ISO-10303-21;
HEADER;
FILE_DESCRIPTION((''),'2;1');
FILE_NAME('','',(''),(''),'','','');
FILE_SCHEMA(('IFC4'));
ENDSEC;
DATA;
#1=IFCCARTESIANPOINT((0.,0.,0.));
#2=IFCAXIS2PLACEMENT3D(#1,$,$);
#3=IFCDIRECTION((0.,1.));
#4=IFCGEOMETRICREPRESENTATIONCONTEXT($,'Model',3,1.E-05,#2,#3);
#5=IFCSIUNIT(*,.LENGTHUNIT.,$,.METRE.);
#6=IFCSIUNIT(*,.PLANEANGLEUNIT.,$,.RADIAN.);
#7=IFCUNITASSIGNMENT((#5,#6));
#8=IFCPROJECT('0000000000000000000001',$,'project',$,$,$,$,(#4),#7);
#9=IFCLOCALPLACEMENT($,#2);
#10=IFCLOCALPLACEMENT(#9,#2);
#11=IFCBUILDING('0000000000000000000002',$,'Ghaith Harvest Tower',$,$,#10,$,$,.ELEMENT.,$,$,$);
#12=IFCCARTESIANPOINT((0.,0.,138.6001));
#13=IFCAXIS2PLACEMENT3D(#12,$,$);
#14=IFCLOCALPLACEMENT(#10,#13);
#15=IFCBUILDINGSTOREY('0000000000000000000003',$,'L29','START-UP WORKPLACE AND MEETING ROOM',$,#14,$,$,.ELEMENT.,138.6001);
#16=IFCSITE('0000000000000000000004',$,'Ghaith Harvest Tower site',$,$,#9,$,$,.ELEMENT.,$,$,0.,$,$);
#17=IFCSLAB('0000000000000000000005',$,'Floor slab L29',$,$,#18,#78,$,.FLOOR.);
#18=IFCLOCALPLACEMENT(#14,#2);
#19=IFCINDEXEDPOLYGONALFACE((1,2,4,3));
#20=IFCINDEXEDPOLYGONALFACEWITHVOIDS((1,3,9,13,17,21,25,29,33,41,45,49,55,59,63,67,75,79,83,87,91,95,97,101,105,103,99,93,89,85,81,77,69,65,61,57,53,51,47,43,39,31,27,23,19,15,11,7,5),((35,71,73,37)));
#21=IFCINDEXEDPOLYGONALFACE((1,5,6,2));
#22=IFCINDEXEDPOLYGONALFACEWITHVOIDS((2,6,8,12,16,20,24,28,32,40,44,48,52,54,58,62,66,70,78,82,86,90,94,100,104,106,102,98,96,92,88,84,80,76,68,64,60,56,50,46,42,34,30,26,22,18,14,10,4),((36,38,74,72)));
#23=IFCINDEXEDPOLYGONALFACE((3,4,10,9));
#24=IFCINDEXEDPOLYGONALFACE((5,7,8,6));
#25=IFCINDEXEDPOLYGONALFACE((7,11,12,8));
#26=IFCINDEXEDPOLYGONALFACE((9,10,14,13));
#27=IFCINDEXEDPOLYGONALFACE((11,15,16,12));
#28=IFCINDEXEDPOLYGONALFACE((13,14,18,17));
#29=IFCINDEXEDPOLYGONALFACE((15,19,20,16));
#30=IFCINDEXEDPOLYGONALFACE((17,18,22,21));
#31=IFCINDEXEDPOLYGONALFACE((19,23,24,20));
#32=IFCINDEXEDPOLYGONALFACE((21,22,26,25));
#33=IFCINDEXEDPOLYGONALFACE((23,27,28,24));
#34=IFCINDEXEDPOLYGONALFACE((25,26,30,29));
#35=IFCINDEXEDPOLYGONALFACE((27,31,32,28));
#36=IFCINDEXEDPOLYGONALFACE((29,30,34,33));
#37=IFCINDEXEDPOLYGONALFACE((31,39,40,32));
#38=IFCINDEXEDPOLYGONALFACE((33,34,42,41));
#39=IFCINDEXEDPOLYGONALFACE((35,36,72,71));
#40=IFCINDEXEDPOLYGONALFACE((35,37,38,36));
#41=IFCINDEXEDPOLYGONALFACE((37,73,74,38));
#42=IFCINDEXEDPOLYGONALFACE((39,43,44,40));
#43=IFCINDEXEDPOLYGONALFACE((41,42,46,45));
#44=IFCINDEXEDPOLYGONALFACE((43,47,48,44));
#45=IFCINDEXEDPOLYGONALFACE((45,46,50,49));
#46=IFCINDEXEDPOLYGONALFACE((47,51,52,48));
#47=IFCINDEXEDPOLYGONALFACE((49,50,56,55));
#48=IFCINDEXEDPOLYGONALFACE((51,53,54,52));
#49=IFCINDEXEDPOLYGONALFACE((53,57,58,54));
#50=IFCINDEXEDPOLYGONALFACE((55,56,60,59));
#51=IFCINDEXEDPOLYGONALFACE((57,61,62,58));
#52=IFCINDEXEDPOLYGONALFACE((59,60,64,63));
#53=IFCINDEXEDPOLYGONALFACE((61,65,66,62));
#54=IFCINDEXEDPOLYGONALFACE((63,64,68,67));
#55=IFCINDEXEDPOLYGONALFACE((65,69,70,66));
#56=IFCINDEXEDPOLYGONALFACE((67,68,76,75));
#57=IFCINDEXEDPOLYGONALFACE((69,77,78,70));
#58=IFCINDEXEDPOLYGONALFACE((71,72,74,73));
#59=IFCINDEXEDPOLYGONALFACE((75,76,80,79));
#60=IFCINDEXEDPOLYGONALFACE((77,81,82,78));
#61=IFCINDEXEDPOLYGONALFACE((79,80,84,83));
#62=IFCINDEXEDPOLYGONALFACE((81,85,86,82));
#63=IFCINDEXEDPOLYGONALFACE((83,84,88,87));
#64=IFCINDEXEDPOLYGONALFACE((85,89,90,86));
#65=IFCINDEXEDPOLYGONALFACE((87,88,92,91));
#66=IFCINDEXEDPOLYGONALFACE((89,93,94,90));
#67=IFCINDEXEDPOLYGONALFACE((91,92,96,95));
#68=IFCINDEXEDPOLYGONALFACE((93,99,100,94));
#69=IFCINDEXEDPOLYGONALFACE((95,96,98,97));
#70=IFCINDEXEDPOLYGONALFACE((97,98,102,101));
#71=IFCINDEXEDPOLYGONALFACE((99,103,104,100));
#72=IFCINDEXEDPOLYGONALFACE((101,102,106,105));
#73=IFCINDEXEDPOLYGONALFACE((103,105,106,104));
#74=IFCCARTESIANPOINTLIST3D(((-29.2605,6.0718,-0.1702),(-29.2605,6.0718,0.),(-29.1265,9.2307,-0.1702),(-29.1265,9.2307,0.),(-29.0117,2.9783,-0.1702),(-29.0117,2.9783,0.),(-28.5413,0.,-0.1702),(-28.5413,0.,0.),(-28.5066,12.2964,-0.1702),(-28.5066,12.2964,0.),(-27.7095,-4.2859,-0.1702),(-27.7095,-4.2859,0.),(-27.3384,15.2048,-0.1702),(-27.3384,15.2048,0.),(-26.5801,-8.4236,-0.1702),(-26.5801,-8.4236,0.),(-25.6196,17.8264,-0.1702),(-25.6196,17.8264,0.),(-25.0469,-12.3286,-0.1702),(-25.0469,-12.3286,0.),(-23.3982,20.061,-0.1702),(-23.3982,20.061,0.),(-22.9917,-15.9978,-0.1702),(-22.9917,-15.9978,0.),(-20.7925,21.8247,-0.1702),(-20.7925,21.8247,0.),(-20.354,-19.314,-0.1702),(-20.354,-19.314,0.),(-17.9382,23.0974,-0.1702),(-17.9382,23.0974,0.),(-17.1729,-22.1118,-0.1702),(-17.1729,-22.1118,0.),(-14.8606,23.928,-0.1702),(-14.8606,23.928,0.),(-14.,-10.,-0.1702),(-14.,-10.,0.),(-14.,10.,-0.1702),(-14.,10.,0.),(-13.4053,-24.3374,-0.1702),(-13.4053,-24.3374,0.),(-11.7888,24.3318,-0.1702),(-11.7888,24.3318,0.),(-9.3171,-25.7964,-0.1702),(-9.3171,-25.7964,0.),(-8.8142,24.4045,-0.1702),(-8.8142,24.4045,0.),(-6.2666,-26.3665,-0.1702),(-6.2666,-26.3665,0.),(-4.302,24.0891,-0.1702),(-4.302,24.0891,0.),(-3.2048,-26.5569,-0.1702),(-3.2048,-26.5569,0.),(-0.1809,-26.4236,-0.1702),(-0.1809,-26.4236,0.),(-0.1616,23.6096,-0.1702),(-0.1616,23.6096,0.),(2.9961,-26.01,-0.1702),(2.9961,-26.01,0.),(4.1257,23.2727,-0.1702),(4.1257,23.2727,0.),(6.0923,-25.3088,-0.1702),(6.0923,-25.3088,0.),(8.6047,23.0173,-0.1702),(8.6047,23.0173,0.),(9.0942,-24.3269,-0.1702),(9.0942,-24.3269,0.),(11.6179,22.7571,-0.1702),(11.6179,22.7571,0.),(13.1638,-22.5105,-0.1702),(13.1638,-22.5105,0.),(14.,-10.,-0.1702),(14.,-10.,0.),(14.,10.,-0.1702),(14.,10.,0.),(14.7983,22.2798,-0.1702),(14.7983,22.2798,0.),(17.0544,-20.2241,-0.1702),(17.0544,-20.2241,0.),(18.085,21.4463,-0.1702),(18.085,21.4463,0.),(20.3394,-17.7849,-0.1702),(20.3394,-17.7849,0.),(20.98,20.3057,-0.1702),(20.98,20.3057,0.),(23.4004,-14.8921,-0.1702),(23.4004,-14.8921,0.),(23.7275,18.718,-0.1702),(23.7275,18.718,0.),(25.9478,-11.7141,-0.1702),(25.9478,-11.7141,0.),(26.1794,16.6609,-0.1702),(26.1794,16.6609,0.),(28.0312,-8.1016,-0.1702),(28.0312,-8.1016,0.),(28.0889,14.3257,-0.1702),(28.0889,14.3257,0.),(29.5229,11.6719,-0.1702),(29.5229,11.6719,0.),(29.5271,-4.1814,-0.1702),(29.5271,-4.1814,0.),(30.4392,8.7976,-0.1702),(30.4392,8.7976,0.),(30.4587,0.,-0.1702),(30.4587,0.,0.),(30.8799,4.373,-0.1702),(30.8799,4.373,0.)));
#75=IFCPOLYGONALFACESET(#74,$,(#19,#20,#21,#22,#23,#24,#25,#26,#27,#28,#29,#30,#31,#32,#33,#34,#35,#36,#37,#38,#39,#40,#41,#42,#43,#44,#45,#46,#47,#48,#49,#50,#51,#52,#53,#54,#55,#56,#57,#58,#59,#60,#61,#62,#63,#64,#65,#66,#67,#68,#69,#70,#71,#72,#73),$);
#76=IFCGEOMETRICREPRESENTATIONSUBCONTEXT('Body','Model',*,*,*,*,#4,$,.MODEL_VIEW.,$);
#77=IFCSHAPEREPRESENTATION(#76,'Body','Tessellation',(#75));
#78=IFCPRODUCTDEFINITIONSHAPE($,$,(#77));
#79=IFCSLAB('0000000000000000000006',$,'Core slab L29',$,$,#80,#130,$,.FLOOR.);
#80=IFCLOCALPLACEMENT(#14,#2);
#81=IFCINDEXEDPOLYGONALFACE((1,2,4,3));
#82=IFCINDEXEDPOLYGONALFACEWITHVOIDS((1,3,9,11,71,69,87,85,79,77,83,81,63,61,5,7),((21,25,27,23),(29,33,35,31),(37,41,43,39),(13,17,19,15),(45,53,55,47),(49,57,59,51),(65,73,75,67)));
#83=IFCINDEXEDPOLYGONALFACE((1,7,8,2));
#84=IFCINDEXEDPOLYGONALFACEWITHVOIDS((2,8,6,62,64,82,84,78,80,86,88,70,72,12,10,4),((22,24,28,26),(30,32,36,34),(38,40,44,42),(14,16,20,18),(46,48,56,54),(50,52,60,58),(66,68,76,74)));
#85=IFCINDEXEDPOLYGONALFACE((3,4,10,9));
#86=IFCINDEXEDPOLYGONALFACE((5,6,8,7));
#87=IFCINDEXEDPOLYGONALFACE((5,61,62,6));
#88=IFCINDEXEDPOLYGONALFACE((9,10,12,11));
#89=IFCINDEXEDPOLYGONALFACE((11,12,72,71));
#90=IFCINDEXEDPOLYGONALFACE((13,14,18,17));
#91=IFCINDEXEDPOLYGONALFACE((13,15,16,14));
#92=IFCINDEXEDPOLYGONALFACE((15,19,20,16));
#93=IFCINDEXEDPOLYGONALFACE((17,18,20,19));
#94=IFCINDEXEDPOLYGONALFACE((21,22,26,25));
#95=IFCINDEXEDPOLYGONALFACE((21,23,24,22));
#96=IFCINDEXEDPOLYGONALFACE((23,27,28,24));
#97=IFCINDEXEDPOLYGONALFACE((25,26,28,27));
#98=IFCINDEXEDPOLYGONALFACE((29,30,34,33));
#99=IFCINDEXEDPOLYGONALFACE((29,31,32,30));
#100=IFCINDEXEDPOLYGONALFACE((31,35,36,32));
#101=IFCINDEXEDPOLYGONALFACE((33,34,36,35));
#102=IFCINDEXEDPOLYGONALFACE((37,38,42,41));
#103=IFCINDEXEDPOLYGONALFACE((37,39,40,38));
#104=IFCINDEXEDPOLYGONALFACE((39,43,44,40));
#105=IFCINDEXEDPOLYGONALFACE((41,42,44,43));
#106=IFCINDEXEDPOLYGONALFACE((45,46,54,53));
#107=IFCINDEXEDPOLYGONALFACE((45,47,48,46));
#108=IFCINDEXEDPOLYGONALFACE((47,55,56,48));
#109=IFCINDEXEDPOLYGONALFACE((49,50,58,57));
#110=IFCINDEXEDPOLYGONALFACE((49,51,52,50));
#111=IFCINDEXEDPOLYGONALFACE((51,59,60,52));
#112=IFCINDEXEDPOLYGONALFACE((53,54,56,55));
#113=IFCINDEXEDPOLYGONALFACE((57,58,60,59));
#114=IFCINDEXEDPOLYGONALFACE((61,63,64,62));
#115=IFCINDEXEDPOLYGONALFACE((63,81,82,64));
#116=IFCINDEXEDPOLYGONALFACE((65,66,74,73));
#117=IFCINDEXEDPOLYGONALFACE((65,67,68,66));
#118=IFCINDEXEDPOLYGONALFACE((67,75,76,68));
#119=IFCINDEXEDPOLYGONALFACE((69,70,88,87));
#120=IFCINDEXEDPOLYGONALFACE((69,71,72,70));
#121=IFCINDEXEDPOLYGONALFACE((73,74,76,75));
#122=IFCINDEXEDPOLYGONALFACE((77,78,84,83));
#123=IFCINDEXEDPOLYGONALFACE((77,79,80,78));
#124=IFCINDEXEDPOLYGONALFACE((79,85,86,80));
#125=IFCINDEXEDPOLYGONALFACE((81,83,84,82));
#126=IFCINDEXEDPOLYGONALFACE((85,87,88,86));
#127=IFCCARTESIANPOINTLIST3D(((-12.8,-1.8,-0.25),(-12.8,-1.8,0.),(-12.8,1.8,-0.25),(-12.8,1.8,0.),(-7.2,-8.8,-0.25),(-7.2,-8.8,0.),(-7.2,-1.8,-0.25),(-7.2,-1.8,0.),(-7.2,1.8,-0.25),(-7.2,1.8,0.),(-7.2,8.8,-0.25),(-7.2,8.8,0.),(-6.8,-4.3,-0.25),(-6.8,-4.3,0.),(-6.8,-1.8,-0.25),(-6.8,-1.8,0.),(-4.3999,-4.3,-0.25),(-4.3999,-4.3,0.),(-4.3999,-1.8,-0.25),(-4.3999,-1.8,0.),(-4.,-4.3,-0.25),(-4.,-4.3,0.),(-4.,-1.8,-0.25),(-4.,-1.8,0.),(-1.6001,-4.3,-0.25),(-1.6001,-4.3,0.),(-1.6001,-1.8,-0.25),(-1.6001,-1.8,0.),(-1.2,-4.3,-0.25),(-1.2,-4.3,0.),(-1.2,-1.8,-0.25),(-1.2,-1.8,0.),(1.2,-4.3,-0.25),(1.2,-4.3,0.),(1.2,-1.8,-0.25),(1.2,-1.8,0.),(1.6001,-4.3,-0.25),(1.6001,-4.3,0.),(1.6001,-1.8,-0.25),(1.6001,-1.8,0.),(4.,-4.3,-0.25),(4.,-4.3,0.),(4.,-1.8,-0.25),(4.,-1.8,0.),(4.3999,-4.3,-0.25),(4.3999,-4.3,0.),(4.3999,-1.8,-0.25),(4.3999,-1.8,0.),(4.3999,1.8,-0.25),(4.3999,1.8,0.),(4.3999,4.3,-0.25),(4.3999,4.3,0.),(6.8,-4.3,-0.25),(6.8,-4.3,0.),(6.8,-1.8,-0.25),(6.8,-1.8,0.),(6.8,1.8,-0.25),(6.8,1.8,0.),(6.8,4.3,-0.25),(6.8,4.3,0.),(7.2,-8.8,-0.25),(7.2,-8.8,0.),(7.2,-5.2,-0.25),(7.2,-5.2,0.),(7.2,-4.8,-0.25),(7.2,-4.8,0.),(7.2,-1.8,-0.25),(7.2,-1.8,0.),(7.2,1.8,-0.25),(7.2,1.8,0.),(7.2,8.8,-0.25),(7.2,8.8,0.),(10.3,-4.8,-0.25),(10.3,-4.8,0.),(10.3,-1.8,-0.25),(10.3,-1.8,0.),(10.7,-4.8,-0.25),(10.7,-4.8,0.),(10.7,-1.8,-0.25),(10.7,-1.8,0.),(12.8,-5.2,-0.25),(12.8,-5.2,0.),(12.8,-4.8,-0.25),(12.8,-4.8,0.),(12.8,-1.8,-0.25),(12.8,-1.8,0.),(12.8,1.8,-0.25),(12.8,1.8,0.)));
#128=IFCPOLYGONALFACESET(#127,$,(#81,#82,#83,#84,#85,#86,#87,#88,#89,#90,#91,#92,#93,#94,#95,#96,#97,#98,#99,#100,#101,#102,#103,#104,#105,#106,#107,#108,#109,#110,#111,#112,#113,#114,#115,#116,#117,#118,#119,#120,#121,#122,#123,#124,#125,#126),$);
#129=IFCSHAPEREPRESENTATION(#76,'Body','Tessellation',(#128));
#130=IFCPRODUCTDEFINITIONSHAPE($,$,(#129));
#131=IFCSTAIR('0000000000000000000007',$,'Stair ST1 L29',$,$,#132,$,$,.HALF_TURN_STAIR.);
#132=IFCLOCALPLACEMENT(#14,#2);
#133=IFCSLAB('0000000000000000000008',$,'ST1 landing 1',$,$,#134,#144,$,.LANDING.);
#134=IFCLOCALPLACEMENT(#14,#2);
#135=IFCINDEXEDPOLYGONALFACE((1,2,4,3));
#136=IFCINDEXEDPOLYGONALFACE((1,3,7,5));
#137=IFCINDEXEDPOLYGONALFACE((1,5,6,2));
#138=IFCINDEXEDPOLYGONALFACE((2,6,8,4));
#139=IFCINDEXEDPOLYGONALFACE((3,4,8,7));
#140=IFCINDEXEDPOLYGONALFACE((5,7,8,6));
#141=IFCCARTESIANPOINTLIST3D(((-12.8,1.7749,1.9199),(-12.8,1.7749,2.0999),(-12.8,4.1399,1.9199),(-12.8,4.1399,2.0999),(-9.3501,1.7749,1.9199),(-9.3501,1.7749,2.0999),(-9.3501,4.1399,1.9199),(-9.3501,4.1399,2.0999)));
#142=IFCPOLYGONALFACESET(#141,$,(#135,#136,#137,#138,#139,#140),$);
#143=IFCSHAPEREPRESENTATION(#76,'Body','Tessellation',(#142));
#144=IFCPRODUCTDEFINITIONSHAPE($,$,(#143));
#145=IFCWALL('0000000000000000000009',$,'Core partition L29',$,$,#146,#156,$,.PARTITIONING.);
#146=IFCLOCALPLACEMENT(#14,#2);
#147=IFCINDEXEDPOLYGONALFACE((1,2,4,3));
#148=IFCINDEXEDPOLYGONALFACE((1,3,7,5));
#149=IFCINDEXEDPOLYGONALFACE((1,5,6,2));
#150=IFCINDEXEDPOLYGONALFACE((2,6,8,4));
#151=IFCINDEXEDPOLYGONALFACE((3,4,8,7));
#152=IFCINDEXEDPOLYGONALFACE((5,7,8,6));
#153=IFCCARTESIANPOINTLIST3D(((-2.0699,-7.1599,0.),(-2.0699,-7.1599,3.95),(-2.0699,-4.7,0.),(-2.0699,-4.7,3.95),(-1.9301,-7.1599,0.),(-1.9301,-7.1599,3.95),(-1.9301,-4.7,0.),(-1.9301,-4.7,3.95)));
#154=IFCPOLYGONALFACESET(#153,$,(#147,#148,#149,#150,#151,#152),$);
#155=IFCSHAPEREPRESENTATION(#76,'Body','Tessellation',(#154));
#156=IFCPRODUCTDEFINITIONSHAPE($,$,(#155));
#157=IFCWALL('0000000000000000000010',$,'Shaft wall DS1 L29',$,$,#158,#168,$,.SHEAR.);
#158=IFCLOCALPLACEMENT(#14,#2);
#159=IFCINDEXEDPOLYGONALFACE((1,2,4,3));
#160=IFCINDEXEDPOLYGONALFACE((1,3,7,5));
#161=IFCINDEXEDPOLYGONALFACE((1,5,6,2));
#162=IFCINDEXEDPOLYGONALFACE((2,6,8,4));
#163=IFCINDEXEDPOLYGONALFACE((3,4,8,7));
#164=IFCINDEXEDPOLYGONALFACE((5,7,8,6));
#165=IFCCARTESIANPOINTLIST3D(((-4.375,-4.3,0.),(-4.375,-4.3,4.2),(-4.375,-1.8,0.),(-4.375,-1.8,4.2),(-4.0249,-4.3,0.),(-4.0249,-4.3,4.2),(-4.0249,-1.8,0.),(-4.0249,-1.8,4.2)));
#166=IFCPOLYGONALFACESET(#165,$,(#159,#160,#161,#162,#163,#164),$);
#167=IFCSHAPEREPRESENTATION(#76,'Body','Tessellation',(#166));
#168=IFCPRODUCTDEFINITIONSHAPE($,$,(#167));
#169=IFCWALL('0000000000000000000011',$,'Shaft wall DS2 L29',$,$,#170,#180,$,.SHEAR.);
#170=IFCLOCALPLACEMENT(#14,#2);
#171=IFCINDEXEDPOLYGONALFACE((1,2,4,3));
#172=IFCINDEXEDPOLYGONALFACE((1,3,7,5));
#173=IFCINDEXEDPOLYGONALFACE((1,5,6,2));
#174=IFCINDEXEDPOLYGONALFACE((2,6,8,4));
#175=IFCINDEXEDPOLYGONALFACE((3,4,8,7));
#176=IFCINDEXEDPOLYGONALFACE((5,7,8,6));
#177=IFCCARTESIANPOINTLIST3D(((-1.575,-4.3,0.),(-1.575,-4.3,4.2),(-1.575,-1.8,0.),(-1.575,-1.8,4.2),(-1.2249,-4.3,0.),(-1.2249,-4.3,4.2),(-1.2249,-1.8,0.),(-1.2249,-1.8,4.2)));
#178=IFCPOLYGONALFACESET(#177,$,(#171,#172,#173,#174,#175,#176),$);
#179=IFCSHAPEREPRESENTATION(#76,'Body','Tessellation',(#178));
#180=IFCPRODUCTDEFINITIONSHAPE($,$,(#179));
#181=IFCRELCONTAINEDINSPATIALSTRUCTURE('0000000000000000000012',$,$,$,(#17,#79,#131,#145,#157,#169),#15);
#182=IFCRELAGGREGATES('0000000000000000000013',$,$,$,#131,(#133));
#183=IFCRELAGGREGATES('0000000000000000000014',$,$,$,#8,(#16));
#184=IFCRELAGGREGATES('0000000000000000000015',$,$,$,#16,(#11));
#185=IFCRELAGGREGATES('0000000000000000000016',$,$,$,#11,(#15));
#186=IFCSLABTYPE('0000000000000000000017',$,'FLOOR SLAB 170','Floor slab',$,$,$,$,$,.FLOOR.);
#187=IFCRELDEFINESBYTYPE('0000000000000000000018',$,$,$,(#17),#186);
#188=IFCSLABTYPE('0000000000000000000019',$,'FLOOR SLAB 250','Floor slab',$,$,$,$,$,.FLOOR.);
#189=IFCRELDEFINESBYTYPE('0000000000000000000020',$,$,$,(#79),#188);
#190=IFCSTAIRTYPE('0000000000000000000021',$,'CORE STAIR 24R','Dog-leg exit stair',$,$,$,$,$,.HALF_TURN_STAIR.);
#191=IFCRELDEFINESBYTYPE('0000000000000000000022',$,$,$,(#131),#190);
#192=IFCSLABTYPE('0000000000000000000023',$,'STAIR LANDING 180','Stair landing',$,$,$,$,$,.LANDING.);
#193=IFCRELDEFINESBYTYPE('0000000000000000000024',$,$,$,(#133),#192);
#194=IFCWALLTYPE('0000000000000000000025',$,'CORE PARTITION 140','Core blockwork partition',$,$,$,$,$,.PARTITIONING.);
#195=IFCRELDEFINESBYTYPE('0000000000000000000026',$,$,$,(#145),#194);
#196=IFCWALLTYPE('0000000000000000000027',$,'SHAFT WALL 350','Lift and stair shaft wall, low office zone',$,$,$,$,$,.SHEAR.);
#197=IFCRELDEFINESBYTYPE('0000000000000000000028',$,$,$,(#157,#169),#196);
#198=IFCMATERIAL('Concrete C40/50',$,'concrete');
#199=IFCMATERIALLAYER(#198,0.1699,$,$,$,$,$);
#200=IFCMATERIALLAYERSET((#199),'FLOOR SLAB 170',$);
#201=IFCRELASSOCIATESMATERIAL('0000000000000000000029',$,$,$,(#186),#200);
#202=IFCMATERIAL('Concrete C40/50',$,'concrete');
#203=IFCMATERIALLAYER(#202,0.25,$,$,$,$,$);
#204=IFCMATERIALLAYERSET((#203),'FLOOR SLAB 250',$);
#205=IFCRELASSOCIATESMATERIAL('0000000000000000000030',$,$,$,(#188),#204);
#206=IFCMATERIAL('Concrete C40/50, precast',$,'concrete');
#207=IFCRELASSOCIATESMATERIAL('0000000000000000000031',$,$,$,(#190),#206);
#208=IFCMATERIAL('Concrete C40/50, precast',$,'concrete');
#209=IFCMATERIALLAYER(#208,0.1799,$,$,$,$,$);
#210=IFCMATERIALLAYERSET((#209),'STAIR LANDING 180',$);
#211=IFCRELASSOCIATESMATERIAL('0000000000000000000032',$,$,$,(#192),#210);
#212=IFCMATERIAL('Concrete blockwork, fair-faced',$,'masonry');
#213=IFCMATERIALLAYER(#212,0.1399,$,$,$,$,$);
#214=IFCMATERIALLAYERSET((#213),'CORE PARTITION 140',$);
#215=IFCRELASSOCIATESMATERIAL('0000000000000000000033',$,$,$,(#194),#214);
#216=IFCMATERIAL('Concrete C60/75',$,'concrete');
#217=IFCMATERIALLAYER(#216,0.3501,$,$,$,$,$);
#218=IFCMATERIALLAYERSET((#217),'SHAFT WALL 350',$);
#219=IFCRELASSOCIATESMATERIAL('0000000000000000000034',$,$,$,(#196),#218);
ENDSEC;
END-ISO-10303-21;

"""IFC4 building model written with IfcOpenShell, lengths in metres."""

from ifc_helpers import new_model, si_unit, direction, frame, frame_2d, origin, place, context, subcontext, project, spatial, polyline, rectangle, outline, extrude, material, layer, layer_set, type_object, element, aggregate, save


model = new_model("IFC4")

# Units and contexts
model_context = context("Model", 3, precision=1e-05, world=origin(), true_north=direction((0.0, 1.0)))
body_context = subcontext(model_context, "Body", "Model", "MODEL_VIEW")
ifc_project = project(units=[si_unit("LENGTHUNIT", "METRE"), si_unit("PLANEANGLEUNIT", "RADIAN")], contexts=[model_context])

# Site, building, storey
site_placement = place(None, origin())
site = spatial("IfcSite", under=ifc_project, at=site_placement, Name="Ghaith Harvest Tower site", CompositionType="ELEMENT", RefElevation=0.0)
building_placement = place(site_placement, origin())
building = spatial("IfcBuilding", under=site, at=building_placement, Name="Ghaith Harvest Tower", CompositionType="ELEMENT")
storey_placement = place(building_placement, frame((0.0, 0.0, 138.6001)))
storey = spatial("IfcBuildingStorey", under=building, at=storey_placement, Name="L29", Description="START-UP WORKPLACE AND MEETING ROOM", CompositionType="ELEMENT", Elevation=138.6001)

# Slabs
ifc_material_1 = material(Name="Concrete C40/50", Category="concrete")
ifc_layer_1 = layer(ifc_material_1, 0.1699)
ifc_layer_set_1 = layer_set([ifc_layer_1], Name="FLOOR SLAB 170")
slab_type_1 = type_object("IfcSlabType", Name="FLOOR SLAB 170", Description="Floor slab", PredefinedType="FLOOR", material=ifc_layer_set_1)
slab_1_placement = place(storey_placement, frame((0.0, 0.0, -0.1702)))
element("IfcSlab", 1, at=slab_1_placement, inside=storey, type_object=slab_type_1, Name="Floor slab L29", PredefinedType="FLOOR", context=body_context, shape_type="SweptSolid", body=[
    extrude(outline(polyline([(30.4587, 0.0), (30.8799, 4.373), (30.4392, 8.7976), (29.5229, 11.6719), (28.0889, 14.3257), (26.1794, 16.6609), (23.7275, 18.718), (20.98, 20.3057), (18.085, 21.4463), (14.7983, 22.2798), (11.6179, 22.7571), (8.6047, 23.0173), (4.1257, 23.2727), (-0.1616, 23.6096), (-4.302, 24.0891), (-8.8142, 24.4045), (-11.7888, 24.3318), (-14.8606, 23.928), (-17.9382, 23.0974), (-20.7925, 21.8247), (-23.3982, 20.061), (-25.6196, 17.8264), (-27.3384, 15.2048), (-28.5066, 12.2964), (-29.1265, 9.2307), (-29.2605, 6.0718), (-29.0117, 2.9783), (-28.5413, 0.0), (-27.7095, -4.2859), (-26.5801, -8.4236), (-25.0469, -12.3286), (-22.9917, -15.9978), (-20.354, -19.314), (-17.1729, -22.1118), (-13.4053, -24.3374), (-9.3171, -25.7964), (-6.2666, -26.3665), (-3.2048, -26.5569), (-0.1809, -26.4236), (2.9961, -26.01), (6.0923, -25.3088), (9.0942, -24.3269), (13.1638, -22.5105), (17.0544, -20.2241), (20.3394, -17.7849), (23.4004, -14.8921), (25.9478, -11.7141), (28.0312, -8.1016), (29.5271, -4.1814), (30.4587, 0.0)]), holes=[polyline([(-14.0, -10.0), (14.0, -10.0), (14.0, 10.0), (-14.0, 10.0), (-14.0, -10.0)])]), origin(), (0.0, 0.0, 1.0), 0.1702),
])
ifc_material_2 = material(Name="Concrete C40/50", Category="concrete")
ifc_layer_2 = layer(ifc_material_2, 0.25)
ifc_layer_set_2 = layer_set([ifc_layer_2], Name="FLOOR SLAB 250")
slab_type_2 = type_object("IfcSlabType", Name="FLOOR SLAB 250", Description="Floor slab", PredefinedType="FLOOR", material=ifc_layer_set_2)
slab_2_placement = place(storey_placement, frame((0.0, 0.0, -0.25)))
element("IfcSlab", 2, at=slab_2_placement, inside=storey, type_object=slab_type_2, Name="Core slab L29", PredefinedType="FLOOR", context=body_context, shape_type="SweptSolid", body=[
    extrude(outline(polyline([(-12.8, 1.8), (-7.2, 1.8), (-7.2, 8.8), (7.2, 8.8), (7.2, 1.8), (12.8, 1.8), (12.8, -1.8), (10.7, -1.8), (10.7, -4.8), (12.8, -4.8), (12.8, -5.2), (7.2, -5.2), (7.2, -8.8), (-7.2, -8.8), (-7.2, -1.8), (-12.8, -1.8), (-12.8, 1.8)]), holes=[polyline([(-4.3999, -4.3), (-4.3999, -1.8), (-6.8, -1.8), (-6.8, -4.3), (-4.3999, -4.3)]), polyline([(-1.6001, -4.3), (-1.6001, -1.8), (-4.0, -1.8), (-4.0, -4.3), (-1.6001, -4.3)]), polyline([(1.2, -1.8), (-1.2, -1.8), (-1.2, -4.3), (1.2, -4.3), (1.2, -1.8)]), polyline([(4.0, -4.3), (4.0, -1.8), (1.6001, -1.8), (1.6001, -4.3), (4.0, -4.3)]), polyline([(10.3, -4.8), (10.3, -1.8), (7.2, -1.8), (7.2, -4.8), (10.3, -4.8)]), polyline([(6.8, -1.8), (4.3999, -1.8), (4.3999, -4.3), (6.8, -4.3), (6.8, -1.8)]), polyline([(6.8, 1.8), (6.8, 4.3), (4.3999, 4.3), (4.3999, 1.8), (6.8, 1.8)])]), origin(), (0.0, 0.0, 1.0), 0.25),
])

# Stair, slab
ifc_material_3 = material(Name="Concrete C40/50, precast", Category="concrete")
stair_type = type_object("IfcStairType", Name="CORE STAIR 24R", Description="Dog-leg exit stair", PredefinedType="HALF_TURN_STAIR", material=ifc_material_3)
stair_placement = place(storey_placement, origin())
stair = element("IfcStair", 3, at=stair_placement, inside=storey, type_object=stair_type, Name="Stair ST1 L29", PredefinedType="HALF_TURN_STAIR")
ifc_material_4 = material(Name="Concrete C40/50, precast", Category="concrete")
ifc_layer_3 = layer(ifc_material_4, 0.1799)
ifc_layer_set_3 = layer_set([ifc_layer_3], Name="STAIR LANDING 180")
slab_type_3 = type_object("IfcSlabType", Name="STAIR LANDING 180", Description="Stair landing", PredefinedType="LANDING", material=ifc_layer_set_3)
slab_3_placement = place(storey_placement, frame((0.0, 0.0, 1.9199)))
slab_3 = element("IfcSlab", 4, at=slab_3_placement, type_object=slab_type_3, Name="ST1 landing 1", PredefinedType="LANDING", context=body_context, shape_type="SweptSolid", body=[
    extrude(outline(polyline([(-12.8, 4.1399), (-12.8, 1.7749), (-9.3501, 1.7749), (-9.3501, 4.1399), (-12.8, 4.1399)])), origin(), (0.0, 0.0, 1.0), 0.1799),
])
aggregate(stair, [slab_3])

# Wall
ifc_material_5 = material(Name="Concrete blockwork, fair-faced", Category="masonry")
ifc_layer_4 = layer(ifc_material_5, 0.1399)
ifc_layer_set_4 = layer_set([ifc_layer_4], Name="CORE PARTITION 140")
wall_type_1 = type_object("IfcWallType", Name="CORE PARTITION 140", Description="Core blockwork partition", PredefinedType="PARTITIONING", material=ifc_layer_set_4)
wall_1_placement = place(storey_placement, frame((-2.0, -4.7, 0.0), z_axis=(0.0, 0.0, 1.0), x_axis=(0.0, -1.0, 0.0)))
element("IfcWall", 5, at=wall_1_placement, inside=storey, type_object=wall_type_1, Name="Core partition L29", PredefinedType="PARTITIONING", context=body_context, shape_type="SweptSolid", body=[
    extrude(rectangle(XDim=2.46, YDim=0.1399, at=frame_2d((1.23, 0.0))), origin(), (0.0, 0.0, 1.0), 3.95),
])

# Shared definitions
ifc_material_6 = material(Name="Concrete C60/75", Category="concrete")
ifc_layer_5 = layer(ifc_material_6, 0.3501)
ifc_layer_set_5 = layer_set([ifc_layer_5], Name="SHAFT WALL 350")
wall_type_2 = type_object("IfcWallType", Name="SHAFT WALL 350", Description="Lift and stair shaft wall, low office zone", PredefinedType="SHEAR", material=ifc_layer_set_5)

# Walls
for number, where, z_axis, x_axis, name in (
    (6, (-4.2, -4.3, 0.0), (0.0, 0.0, 1.0), (0.0, 1.0, 0.0), "Shaft wall DS1 L29"),
    (7, (-1.3999, -4.3, 0.0), (0.0, 0.0, 1.0), (0.0, 1.0, 0.0), "Shaft wall DS2 L29"),
):
    element("IfcWall", number, at=place(storey_placement, frame(where, z_axis=z_axis, x_axis=x_axis)), inside=storey, type_object=wall_type_2, Name=name, PredefinedType="SHEAR", context=body_context, shape_type="SweptSolid", body=[
        extrude(rectangle(XDim=2.5, YDim=0.3501, at=frame_2d((1.25, 0.0))), origin(), (0.0, 0.0, 1.0), 4.2),
    ])

save(model, "model.ifc")
